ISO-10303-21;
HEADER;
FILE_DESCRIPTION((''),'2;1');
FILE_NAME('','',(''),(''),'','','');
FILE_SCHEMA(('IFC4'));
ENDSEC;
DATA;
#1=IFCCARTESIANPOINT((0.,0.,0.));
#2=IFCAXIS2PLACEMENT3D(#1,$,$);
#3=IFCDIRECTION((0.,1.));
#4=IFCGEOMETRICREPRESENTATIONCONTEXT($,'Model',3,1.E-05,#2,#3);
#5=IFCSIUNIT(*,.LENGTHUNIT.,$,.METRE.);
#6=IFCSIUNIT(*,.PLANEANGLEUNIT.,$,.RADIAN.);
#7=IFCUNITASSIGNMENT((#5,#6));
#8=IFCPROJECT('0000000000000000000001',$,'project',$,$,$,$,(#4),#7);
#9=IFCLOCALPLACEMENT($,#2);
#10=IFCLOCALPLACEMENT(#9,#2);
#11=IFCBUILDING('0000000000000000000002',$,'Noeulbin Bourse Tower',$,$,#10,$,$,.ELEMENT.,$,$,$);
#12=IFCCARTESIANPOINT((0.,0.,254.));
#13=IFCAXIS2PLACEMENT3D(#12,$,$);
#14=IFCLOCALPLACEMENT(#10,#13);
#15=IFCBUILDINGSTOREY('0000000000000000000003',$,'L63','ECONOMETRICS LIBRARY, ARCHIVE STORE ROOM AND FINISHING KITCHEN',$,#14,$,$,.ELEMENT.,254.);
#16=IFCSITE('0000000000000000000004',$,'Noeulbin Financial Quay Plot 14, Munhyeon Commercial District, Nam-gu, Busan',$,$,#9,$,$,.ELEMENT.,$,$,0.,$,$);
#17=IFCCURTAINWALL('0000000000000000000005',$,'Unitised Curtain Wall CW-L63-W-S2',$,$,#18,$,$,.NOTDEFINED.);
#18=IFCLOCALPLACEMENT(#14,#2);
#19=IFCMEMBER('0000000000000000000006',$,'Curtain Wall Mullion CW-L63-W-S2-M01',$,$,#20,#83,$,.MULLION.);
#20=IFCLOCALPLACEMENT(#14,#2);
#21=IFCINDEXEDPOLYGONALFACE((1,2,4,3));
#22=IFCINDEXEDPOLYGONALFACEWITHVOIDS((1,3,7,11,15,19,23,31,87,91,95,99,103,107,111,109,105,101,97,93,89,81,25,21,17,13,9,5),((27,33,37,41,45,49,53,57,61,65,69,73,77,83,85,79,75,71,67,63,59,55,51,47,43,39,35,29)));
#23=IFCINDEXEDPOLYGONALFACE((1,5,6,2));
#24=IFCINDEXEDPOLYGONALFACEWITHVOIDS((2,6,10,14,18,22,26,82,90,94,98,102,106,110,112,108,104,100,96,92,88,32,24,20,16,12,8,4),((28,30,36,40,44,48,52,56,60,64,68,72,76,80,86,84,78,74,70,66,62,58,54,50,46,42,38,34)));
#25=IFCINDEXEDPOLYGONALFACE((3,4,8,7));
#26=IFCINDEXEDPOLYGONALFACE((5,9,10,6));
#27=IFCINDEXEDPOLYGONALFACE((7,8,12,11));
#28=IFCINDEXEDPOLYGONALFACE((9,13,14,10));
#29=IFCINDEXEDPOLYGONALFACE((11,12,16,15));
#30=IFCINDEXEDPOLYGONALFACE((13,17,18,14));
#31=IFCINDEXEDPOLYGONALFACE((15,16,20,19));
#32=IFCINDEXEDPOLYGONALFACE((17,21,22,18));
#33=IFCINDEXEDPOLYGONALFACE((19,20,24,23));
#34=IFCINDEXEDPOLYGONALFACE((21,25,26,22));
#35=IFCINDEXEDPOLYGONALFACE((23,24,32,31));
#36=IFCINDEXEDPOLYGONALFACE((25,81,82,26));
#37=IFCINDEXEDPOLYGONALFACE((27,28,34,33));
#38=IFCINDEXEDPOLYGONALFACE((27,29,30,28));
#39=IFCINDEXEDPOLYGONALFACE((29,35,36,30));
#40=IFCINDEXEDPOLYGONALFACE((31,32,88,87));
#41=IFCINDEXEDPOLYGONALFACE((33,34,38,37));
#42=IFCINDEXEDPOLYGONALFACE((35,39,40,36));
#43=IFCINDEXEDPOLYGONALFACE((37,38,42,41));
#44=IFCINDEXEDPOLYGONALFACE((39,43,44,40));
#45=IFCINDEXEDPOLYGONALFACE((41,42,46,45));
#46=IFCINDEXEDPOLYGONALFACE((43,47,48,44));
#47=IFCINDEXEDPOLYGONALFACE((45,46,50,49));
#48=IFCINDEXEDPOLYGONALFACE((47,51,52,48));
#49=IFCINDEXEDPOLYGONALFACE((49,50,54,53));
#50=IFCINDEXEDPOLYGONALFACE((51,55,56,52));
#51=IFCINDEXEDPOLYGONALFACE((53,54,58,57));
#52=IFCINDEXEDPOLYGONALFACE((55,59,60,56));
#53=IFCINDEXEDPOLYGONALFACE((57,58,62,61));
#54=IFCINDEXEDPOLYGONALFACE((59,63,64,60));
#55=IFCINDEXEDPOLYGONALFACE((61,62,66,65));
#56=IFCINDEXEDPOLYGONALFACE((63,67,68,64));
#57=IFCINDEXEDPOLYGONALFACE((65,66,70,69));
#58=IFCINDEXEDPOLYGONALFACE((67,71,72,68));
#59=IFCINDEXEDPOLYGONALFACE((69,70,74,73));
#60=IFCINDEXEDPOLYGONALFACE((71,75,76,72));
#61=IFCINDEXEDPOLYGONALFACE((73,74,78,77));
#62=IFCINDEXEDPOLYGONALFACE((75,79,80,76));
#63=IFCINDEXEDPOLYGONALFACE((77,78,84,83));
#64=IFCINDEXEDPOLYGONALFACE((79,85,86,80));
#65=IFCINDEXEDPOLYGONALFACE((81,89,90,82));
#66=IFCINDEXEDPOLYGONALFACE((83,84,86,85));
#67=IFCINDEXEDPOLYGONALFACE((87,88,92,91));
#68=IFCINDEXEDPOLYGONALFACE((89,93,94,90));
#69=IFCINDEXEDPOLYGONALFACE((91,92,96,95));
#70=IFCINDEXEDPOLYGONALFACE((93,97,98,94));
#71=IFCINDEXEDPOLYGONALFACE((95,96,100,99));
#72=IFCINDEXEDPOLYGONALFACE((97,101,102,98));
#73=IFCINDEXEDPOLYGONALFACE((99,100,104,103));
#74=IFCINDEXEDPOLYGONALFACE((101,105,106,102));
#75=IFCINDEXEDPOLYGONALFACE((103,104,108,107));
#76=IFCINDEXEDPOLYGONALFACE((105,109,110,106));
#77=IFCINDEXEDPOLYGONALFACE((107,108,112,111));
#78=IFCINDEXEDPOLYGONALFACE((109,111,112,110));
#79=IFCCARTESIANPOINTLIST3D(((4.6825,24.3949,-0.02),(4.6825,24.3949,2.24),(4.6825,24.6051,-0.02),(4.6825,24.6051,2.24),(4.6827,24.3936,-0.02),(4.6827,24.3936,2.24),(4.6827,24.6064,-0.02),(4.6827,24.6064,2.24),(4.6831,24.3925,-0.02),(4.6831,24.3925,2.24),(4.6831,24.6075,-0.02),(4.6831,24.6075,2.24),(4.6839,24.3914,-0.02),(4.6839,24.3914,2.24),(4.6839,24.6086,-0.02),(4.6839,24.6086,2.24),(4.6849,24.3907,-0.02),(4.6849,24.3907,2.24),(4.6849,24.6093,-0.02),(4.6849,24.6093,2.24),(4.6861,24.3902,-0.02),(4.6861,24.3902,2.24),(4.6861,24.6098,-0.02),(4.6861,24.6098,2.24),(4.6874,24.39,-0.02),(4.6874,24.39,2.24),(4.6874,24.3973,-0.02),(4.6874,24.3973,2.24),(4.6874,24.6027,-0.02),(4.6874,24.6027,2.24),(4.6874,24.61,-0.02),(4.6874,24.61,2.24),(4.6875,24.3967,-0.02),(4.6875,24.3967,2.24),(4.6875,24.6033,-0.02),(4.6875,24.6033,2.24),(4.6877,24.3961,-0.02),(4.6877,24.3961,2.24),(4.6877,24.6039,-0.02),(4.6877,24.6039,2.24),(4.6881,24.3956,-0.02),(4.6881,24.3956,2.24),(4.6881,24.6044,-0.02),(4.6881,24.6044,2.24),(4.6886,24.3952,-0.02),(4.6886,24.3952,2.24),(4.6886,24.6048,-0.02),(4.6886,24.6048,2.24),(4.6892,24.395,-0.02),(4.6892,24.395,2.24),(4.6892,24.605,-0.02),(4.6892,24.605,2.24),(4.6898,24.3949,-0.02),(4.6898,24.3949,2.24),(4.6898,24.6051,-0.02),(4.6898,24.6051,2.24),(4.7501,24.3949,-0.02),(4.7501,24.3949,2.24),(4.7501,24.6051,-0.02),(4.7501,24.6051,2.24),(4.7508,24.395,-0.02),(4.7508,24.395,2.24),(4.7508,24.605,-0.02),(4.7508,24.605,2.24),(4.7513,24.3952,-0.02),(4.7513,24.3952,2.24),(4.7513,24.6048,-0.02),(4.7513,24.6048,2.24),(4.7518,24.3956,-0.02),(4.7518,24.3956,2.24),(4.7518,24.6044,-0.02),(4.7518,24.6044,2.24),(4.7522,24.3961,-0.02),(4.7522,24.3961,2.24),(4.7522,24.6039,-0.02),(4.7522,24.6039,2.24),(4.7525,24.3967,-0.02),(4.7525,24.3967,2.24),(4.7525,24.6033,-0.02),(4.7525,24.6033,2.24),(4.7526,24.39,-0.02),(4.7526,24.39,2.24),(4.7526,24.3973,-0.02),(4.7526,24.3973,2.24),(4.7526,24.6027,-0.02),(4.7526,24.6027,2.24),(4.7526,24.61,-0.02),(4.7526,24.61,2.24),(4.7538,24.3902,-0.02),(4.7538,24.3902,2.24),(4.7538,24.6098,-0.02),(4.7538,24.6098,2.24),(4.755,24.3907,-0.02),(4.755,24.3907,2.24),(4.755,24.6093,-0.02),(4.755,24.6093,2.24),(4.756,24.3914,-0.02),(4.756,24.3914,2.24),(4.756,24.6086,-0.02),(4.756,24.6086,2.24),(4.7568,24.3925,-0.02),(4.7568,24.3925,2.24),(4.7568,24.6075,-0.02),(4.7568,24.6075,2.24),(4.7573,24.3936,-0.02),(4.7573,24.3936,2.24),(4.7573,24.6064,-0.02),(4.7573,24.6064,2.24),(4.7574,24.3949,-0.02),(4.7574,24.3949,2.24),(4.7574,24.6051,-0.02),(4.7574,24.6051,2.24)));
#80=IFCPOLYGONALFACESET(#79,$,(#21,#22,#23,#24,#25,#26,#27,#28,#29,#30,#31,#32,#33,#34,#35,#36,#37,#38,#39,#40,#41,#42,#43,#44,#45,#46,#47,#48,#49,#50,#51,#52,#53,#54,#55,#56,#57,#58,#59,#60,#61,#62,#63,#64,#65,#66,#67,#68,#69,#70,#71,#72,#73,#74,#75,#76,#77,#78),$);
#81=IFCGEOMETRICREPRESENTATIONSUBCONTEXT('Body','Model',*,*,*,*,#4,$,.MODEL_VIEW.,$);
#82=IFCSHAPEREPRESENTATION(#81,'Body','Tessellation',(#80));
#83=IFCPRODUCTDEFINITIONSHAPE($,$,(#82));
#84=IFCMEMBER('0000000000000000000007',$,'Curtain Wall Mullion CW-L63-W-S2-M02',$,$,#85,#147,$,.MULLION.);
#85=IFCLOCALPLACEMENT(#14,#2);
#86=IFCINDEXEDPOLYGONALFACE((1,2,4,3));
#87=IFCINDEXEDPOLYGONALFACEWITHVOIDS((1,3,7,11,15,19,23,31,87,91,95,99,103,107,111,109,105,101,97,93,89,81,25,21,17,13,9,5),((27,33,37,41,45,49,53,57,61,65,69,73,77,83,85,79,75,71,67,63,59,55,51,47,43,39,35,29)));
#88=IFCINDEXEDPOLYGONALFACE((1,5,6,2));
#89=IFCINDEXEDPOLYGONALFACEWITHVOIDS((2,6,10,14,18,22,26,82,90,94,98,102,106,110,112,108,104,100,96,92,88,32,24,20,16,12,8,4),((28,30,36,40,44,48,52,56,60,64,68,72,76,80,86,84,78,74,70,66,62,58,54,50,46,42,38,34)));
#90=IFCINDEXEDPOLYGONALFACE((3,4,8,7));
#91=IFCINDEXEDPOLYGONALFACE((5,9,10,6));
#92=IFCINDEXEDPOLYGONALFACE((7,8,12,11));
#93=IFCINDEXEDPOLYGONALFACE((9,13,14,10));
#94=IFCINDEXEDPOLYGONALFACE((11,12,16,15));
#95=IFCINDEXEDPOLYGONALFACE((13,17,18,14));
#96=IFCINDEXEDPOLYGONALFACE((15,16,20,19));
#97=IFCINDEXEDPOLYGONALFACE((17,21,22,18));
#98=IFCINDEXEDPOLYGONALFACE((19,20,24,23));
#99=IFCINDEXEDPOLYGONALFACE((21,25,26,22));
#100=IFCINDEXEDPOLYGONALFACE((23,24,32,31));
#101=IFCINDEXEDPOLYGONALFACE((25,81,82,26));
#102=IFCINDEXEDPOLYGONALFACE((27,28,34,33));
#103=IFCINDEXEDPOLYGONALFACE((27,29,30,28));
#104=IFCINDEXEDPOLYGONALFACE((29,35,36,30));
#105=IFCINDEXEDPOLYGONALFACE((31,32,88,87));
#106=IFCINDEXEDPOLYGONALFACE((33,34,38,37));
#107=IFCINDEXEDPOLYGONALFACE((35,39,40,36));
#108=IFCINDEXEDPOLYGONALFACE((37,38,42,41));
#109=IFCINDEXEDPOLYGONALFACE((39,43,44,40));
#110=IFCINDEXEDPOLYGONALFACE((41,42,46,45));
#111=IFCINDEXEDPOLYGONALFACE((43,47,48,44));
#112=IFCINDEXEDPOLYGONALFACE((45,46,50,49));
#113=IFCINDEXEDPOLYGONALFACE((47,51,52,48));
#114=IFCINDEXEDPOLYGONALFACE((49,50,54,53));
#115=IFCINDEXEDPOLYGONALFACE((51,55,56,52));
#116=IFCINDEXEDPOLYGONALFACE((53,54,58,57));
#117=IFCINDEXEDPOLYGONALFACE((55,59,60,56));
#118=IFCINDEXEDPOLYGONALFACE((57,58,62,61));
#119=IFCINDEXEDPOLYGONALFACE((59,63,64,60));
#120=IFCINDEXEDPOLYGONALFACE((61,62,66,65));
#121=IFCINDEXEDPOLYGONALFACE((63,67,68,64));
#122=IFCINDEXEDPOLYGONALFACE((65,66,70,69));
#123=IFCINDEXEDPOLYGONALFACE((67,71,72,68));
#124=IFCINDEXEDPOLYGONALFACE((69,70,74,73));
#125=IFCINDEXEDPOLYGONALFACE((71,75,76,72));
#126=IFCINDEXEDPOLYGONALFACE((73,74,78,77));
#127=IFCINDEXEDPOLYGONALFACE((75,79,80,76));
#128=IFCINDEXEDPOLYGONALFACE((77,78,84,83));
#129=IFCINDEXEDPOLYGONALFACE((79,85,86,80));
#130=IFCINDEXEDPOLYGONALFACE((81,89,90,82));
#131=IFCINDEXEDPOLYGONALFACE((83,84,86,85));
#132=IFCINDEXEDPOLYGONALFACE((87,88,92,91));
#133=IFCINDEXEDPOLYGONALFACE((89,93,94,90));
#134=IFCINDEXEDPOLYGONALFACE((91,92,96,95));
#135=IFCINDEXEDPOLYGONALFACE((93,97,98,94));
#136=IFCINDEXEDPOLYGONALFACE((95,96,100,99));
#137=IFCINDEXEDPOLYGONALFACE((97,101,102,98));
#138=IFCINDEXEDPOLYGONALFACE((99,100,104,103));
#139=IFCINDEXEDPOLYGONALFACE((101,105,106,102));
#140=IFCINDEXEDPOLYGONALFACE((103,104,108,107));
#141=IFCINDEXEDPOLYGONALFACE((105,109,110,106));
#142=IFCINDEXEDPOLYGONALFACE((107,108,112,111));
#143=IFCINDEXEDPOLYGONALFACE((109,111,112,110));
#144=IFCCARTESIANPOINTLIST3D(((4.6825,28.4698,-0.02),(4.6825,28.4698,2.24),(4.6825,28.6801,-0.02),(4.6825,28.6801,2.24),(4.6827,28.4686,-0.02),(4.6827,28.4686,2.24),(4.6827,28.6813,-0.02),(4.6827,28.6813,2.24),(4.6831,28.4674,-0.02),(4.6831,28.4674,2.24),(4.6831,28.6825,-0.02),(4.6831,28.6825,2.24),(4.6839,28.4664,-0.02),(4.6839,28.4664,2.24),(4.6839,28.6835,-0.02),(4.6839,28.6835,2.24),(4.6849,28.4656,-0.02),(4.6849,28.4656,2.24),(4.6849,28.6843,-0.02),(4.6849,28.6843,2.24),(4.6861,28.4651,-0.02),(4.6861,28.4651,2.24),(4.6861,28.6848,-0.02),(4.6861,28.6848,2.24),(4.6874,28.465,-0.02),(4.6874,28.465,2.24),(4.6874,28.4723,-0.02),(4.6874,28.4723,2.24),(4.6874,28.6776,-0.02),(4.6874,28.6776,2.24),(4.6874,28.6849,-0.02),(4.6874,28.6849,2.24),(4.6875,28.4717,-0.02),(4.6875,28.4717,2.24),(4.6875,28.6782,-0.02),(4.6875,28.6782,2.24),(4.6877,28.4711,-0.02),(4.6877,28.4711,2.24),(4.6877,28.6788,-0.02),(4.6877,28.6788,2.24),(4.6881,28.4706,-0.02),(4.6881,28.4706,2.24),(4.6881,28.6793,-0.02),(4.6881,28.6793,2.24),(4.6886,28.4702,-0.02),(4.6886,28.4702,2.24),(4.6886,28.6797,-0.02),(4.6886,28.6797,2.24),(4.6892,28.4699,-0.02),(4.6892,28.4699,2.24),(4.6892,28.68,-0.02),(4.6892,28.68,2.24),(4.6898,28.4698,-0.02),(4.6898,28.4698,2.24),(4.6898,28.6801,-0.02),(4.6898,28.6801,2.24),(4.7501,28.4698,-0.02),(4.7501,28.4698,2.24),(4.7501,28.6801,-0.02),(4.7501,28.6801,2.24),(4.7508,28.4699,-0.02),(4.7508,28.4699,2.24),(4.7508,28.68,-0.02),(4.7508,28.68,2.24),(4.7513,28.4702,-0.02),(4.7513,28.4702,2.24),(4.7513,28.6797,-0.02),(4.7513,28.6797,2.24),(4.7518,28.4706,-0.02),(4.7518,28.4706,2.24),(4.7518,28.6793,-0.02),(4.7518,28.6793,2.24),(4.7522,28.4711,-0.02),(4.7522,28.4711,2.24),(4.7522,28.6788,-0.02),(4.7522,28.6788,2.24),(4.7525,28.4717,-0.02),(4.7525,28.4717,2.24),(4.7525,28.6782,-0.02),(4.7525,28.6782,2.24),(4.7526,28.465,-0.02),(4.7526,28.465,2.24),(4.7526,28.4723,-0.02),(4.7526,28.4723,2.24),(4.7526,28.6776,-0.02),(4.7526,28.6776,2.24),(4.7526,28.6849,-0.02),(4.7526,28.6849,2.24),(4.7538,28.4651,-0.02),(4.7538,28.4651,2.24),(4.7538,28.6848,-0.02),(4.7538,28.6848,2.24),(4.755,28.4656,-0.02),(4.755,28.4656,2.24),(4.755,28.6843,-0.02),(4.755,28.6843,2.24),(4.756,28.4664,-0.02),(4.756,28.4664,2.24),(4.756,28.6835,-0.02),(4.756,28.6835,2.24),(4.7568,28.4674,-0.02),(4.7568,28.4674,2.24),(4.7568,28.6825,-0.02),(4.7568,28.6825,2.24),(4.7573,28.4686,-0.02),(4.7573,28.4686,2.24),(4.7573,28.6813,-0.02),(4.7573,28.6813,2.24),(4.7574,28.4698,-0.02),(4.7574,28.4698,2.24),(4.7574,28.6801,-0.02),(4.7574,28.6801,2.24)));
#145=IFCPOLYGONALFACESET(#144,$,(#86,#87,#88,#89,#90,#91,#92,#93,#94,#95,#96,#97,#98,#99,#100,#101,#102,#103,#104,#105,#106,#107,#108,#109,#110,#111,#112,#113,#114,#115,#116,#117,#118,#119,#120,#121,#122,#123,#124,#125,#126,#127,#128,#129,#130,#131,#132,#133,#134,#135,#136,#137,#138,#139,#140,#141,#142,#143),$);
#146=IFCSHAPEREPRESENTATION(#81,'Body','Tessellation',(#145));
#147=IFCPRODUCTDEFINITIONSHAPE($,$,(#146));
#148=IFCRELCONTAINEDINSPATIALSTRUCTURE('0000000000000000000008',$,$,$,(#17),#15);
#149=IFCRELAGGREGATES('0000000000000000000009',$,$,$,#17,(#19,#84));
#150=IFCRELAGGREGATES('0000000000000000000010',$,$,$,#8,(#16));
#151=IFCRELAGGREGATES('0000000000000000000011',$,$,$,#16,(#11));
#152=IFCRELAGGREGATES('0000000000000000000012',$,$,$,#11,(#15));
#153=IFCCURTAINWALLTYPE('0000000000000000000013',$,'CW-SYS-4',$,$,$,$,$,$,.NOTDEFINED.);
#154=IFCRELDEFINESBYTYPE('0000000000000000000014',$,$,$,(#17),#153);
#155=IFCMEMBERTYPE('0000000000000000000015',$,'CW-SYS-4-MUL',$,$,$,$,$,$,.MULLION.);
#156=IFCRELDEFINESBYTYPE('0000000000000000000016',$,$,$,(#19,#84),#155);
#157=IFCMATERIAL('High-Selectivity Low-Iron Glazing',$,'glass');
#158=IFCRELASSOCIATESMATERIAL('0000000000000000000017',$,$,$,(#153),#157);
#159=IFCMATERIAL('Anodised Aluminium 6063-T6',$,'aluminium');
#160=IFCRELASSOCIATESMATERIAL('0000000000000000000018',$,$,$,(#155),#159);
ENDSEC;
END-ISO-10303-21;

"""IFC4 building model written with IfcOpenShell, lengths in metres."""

from ifc_helpers import new_model, si_unit, direction, frame, origin, origin_2d, place, context, subcontext, project, spatial, hollow_rectangle, extrude, material, material_profile, profile_set, type_object, element, aggregate, save


model = new_model("IFC4")

# Units and contexts
model_context = context("Model", 3, precision=1e-05, world=origin(), true_north=direction((0.0, 1.0)))
body_context = subcontext(model_context, "Body", "Model", "MODEL_VIEW")
ifc_project = project(units=[si_unit("LENGTHUNIT", "METRE"), si_unit("PLANEANGLEUNIT", "RADIAN")], contexts=[model_context])

# Site, building, storey
site_placement = place(None, origin())
site = spatial("IfcSite", under=ifc_project, at=site_placement, Name="Noeulbin Financial Quay Plot 14, Munhyeon Commercial District, Nam-gu, Busan", CompositionType="ELEMENT", RefElevation=0.0)
building_placement = place(site_placement, origin())
building = spatial("IfcBuilding", under=site, at=building_placement, Name="Noeulbin Bourse Tower", CompositionType="ELEMENT")
storey_placement = place(building_placement, frame((0.0, 0.0, 254.0)))
storey = spatial("IfcBuildingStorey", under=building, at=storey_placement, Name="L63", Description="ECONOMETRICS LIBRARY, ARCHIVE STORE ROOM AND FINISHING KITCHEN", CompositionType="ELEMENT", Elevation=254.0)

# Curtain wall, members
ifc_material_1 = material(Name="High-Selectivity Low-Iron Glazing", Category="glass")
curtain_wall_type = type_object("IfcCurtainWallType", Name="CW-SYS-4", PredefinedType="NOTDEFINED", material=ifc_material_1)
curtain_wall_1_placement = place(storey_placement, origin())
curtain_wall_1 = element("IfcCurtainWall", 1, at=curtain_wall_1_placement, inside=storey, type_object=curtain_wall_type, Name="Unitised Curtain Wall CW-L63-W-S2", PredefinedType="NOTDEFINED")
ifc_material_2 = material(Name="Anodised Aluminium 6063-T6", Category="aluminium")
ifc_material_profile_1 = material_profile(ifc_material_2, hollow_rectangle(XDim=0.075, YDim=0.22, WallThickness=0.0049, InnerFilletRadius=0.0024, OuterFilletRadius=0.0049, at=origin_2d()), Name="ALU-MULL-75x220x5", Category="LoadBearing")
ifc_profile_set_1 = profile_set([ifc_material_profile_1], Name="Anodised Aluminium 6063-T6")
member_type_1 = type_object("IfcMemberType", Name="CW-SYS-4-MUL", PredefinedType="MULLION", material=ifc_profile_set_1)
member_1_placement = place(storey_placement, frame((4.72, 24.5, -0.02), z_axis=(0.0, 0.0, 1.0), x_axis=(1.0, 0.0, 0.0)))
member_1 = element("IfcMember", 2, at=member_1_placement, type_object=member_type_1, Name="Curtain Wall Mullion CW-L63-W-S2-M01", PredefinedType="MULLION", context=body_context, shape_type="SweptSolid", body=[
    extrude(hollow_rectangle(XDim=0.075, YDim=0.22, WallThickness=0.0049, InnerFilletRadius=0.0024, OuterFilletRadius=0.0049, at=origin_2d()), origin(), (0.0, 0.0, 1.0), 2.26),
])
member_2_placement = place(storey_placement, frame((4.72, 28.575, -0.02), z_axis=(0.0, 0.0, 1.0), x_axis=(1.0, 0.0, 0.0)))
member_2 = element("IfcMember", 3, at=member_2_placement, type_object=member_type_1, Name="Curtain Wall Mullion CW-L63-W-S2-M02", PredefinedType="MULLION", context=body_context, shape_type="SweptSolid", body=[
    extrude(hollow_rectangle(XDim=0.075, YDim=0.22, WallThickness=0.0049, InnerFilletRadius=0.0024, OuterFilletRadius=0.0049, at=origin_2d()), origin(), (0.0, 0.0, 1.0), 2.26),
])

aggregate(curtain_wall_1, [member_1, member_2])

save(model, "model.ifc")
